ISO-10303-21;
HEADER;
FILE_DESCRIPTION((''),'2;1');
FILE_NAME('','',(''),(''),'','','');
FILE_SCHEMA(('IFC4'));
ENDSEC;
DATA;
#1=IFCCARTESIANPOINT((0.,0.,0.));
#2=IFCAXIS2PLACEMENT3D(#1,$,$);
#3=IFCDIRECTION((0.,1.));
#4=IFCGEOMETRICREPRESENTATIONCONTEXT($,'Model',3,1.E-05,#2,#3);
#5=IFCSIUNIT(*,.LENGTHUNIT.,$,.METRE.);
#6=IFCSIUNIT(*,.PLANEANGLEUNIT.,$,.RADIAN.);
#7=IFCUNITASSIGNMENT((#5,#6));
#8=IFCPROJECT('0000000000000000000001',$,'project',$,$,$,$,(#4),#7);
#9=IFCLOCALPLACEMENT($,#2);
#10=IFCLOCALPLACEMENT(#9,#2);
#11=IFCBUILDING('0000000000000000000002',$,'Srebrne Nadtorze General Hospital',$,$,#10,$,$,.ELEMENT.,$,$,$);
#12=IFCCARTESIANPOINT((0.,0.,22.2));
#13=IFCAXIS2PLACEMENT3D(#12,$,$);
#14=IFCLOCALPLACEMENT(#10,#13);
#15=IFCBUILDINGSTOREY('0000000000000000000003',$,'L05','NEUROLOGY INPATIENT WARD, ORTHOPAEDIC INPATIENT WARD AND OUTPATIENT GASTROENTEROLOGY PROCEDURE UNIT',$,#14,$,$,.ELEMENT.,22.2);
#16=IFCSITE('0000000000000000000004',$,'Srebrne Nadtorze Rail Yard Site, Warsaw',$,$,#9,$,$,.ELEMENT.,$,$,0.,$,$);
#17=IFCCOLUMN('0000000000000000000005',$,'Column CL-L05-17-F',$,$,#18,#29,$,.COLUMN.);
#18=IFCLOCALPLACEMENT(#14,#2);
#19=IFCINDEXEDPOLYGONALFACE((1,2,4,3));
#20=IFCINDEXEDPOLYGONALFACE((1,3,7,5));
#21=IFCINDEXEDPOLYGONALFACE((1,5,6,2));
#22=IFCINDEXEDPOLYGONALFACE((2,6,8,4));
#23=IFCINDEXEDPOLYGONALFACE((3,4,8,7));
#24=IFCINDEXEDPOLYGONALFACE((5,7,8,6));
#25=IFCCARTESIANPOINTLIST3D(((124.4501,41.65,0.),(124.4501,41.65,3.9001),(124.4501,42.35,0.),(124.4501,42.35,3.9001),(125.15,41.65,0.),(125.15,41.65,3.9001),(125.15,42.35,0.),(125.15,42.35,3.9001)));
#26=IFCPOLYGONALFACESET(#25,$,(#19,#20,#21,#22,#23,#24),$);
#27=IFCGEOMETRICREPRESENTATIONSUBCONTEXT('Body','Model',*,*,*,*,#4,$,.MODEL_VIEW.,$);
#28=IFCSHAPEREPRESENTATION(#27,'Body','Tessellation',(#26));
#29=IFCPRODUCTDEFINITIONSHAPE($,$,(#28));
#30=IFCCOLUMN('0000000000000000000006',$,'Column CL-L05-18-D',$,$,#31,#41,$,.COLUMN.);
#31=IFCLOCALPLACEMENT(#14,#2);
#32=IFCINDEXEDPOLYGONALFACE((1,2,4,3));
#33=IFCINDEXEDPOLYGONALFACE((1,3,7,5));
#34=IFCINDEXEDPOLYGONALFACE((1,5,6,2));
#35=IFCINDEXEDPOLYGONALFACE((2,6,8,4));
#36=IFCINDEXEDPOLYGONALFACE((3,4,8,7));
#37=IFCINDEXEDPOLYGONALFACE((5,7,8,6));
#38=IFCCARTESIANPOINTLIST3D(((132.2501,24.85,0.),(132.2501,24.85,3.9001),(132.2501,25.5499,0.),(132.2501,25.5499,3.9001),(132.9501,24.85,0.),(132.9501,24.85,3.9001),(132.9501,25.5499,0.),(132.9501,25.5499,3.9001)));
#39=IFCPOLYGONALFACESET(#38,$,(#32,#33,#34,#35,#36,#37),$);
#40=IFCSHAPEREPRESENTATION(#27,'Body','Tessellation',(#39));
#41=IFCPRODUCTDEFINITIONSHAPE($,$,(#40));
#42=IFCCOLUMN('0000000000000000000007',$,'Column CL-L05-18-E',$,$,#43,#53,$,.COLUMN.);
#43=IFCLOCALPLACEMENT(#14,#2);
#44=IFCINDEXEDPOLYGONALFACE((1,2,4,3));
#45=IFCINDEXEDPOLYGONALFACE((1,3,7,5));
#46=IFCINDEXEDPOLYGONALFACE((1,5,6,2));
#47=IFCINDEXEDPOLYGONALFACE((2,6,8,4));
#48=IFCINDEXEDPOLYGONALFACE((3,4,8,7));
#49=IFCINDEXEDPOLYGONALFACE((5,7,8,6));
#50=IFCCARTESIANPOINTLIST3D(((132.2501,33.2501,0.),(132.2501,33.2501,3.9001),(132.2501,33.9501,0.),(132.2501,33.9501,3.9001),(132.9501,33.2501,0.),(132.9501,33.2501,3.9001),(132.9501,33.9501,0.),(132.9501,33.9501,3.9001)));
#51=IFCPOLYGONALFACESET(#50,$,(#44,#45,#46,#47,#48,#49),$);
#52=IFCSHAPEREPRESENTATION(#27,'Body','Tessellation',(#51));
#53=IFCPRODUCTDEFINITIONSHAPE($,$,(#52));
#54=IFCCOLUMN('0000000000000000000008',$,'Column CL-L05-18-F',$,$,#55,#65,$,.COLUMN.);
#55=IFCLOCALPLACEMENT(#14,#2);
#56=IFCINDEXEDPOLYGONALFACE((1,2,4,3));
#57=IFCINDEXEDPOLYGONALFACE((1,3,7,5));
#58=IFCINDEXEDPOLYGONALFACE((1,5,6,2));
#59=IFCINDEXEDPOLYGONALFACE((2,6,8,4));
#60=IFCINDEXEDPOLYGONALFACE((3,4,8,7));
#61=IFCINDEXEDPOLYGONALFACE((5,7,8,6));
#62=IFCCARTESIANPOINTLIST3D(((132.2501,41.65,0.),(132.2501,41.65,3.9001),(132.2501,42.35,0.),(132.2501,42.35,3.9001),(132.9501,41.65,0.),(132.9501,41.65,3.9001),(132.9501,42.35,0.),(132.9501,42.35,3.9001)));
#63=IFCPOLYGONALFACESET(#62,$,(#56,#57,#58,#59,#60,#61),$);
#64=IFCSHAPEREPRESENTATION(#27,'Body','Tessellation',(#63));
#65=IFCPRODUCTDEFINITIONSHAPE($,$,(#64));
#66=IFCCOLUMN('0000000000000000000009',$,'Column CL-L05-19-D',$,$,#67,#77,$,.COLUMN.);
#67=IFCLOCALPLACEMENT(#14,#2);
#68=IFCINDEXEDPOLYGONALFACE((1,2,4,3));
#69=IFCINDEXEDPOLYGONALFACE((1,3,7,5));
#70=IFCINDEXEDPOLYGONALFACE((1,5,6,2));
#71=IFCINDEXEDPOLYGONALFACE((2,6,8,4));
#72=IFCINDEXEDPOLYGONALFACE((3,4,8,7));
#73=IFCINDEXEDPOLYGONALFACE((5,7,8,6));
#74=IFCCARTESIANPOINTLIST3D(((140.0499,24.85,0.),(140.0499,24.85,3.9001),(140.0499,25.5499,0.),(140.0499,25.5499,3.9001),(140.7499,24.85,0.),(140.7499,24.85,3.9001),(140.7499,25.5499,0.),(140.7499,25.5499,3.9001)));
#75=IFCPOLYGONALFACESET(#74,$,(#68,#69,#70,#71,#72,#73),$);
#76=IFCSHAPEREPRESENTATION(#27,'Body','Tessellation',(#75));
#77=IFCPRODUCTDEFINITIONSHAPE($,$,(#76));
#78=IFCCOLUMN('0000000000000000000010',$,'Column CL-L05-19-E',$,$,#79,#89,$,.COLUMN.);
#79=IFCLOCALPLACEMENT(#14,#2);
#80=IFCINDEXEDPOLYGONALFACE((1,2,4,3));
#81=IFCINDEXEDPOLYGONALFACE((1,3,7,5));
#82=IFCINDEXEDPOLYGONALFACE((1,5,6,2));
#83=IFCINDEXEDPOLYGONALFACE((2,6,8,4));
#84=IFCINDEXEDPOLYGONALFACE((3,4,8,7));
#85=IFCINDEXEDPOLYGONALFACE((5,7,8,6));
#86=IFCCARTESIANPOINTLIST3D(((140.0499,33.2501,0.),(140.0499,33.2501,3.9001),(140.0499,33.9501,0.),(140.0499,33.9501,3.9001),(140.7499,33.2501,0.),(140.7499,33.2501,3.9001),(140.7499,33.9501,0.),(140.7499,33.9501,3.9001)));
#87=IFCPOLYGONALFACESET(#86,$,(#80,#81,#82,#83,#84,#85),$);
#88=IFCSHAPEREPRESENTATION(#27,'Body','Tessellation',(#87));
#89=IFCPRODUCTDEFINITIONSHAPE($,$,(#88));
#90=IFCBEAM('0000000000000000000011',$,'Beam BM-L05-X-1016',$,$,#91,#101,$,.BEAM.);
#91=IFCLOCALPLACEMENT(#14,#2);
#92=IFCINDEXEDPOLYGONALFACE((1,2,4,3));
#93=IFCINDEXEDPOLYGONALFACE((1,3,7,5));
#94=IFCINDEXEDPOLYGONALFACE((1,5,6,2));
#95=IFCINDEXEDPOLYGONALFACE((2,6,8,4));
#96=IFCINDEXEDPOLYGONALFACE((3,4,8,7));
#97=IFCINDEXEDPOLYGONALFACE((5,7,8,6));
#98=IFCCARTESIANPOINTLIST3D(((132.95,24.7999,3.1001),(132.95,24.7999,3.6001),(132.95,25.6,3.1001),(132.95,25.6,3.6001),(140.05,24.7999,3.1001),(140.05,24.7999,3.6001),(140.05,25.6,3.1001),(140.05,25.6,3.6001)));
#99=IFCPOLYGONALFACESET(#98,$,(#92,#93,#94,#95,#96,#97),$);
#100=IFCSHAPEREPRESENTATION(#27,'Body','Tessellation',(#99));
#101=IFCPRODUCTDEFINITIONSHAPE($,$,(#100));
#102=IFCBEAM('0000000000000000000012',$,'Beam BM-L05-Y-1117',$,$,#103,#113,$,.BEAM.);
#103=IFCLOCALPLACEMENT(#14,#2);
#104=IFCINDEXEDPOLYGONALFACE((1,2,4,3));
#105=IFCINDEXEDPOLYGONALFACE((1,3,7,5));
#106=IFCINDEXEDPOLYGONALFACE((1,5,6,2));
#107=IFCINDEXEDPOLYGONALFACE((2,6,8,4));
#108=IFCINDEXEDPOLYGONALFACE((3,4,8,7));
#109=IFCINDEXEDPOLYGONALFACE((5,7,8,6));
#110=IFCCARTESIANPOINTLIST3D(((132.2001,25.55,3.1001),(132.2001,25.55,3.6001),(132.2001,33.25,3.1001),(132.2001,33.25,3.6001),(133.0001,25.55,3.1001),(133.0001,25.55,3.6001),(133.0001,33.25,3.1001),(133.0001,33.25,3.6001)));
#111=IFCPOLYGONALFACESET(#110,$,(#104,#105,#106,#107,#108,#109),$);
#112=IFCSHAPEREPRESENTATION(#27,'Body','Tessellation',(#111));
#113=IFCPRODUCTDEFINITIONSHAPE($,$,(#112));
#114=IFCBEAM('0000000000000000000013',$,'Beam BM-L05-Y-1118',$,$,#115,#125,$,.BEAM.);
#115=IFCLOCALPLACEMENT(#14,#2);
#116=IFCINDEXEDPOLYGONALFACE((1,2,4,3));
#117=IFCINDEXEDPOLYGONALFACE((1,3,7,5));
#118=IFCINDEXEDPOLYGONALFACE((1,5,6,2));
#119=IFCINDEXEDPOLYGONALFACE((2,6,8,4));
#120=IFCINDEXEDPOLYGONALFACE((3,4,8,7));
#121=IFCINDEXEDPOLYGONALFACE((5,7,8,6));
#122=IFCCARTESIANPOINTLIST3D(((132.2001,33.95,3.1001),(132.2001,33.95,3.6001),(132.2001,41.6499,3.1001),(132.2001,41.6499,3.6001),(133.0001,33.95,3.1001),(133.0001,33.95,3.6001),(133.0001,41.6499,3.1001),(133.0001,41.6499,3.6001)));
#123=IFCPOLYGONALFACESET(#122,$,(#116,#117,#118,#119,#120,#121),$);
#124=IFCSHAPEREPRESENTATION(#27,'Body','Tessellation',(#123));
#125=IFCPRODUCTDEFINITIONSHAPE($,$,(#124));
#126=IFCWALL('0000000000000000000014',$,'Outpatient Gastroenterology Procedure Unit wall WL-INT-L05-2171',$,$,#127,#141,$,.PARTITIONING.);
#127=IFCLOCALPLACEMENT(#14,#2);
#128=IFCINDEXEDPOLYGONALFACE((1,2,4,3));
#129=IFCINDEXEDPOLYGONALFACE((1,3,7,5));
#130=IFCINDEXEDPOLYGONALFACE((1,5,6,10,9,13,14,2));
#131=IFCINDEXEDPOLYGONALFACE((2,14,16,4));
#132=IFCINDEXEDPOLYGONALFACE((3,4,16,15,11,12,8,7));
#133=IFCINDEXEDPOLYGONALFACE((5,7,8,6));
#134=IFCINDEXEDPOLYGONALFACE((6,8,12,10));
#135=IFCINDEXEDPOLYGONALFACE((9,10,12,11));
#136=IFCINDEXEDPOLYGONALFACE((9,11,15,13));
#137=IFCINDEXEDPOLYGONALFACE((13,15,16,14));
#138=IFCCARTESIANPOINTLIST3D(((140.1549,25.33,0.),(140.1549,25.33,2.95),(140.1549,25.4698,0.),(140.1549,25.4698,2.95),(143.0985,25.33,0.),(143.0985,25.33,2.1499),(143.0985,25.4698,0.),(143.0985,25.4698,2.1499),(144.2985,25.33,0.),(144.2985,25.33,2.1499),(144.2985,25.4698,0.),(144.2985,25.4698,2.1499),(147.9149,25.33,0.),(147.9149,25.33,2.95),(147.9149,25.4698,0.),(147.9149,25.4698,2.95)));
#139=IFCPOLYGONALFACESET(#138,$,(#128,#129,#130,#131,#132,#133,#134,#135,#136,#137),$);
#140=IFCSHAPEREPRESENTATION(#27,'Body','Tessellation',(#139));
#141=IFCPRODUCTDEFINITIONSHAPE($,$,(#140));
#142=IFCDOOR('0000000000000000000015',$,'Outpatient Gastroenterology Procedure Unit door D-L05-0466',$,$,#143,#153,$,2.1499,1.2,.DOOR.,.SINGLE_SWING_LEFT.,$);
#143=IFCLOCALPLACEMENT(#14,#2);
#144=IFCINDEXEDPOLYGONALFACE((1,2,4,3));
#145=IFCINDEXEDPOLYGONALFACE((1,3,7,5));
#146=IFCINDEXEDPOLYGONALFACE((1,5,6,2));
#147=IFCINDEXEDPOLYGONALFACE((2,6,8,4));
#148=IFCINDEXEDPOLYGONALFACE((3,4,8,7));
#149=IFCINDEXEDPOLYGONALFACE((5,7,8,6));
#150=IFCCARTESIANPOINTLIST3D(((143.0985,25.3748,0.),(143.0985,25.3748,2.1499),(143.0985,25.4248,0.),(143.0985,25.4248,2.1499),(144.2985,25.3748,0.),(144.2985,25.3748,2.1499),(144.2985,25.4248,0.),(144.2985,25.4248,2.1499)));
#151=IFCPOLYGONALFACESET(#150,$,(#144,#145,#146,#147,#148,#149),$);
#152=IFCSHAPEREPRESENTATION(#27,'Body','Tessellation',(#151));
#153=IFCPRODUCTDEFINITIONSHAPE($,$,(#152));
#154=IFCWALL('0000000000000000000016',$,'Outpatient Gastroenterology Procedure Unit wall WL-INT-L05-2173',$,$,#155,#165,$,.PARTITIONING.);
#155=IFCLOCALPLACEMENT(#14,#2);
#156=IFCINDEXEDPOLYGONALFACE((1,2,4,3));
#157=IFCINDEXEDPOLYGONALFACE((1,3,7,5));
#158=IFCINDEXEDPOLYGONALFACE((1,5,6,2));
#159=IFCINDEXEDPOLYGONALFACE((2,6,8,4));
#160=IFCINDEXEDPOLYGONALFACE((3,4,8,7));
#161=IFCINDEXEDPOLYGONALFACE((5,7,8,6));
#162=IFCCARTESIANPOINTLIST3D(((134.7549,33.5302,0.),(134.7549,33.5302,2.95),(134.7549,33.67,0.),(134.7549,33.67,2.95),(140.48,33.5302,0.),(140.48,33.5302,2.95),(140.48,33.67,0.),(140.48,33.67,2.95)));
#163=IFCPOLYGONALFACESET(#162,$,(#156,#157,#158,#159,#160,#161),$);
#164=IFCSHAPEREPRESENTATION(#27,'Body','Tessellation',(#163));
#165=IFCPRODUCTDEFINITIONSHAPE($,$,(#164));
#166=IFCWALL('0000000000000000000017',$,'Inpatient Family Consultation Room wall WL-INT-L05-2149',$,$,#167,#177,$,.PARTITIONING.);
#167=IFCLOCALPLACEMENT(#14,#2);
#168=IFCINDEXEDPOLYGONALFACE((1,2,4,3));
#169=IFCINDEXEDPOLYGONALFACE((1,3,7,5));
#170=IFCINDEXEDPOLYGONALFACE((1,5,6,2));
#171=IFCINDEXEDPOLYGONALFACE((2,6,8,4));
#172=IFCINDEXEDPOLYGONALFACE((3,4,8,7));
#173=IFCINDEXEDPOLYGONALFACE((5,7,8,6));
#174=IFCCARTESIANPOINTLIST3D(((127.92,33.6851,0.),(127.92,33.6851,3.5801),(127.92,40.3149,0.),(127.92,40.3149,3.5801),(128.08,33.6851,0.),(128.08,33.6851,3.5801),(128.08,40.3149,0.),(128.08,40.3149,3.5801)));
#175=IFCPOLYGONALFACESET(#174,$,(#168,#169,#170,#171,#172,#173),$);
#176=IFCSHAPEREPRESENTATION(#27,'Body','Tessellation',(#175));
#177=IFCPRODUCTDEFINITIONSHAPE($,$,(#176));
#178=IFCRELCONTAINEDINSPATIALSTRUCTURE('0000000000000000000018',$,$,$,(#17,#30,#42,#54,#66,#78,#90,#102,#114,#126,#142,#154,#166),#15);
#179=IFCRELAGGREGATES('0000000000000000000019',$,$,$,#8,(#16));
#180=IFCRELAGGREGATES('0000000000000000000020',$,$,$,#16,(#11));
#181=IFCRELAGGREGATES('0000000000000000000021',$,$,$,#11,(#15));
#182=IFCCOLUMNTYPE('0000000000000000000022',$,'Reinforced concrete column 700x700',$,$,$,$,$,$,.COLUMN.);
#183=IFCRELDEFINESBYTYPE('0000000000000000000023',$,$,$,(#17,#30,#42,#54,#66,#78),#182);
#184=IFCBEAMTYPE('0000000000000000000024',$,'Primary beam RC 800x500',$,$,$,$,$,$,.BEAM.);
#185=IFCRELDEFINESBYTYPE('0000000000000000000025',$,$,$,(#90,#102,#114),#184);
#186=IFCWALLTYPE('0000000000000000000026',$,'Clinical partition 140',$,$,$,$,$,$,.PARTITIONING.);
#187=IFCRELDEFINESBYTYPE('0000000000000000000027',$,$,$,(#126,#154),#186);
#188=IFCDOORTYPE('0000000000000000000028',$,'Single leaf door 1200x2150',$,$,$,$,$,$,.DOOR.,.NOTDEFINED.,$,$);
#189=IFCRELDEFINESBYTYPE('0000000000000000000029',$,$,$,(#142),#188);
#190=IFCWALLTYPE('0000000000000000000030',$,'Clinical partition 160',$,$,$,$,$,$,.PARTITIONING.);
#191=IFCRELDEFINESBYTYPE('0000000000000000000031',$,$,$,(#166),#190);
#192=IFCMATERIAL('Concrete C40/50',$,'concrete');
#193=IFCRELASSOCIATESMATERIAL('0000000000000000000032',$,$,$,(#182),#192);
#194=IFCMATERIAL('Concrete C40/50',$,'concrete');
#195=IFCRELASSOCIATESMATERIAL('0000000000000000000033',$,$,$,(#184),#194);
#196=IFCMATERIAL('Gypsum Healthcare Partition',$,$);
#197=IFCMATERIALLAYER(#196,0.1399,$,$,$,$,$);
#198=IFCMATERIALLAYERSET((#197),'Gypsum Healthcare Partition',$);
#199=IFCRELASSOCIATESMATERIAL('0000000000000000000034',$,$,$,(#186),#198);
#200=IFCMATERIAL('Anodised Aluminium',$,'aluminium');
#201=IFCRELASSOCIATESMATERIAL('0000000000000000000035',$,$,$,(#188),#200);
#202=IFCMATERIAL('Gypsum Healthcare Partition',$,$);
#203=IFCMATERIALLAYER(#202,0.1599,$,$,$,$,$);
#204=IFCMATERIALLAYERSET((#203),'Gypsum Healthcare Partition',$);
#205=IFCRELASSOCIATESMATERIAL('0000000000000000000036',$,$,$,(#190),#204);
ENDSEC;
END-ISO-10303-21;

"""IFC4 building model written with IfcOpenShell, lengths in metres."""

from ifc_helpers import new_model, si_unit, direction, frame, frame_2d, origin, origin_2d, place, context, subcontext, project, spatial, rectangle, extrude, material, layer, layer_set, material_profile, profile_set, type_object, element, fill, save


model = new_model("IFC4")

# Units and contexts
model_context = context("Model", 3, precision=1e-05, world=origin(), true_north=direction((0.0, 1.0)))
body_context = subcontext(model_context, "Body", "Model", "MODEL_VIEW")
ifc_project = project(units=[si_unit("LENGTHUNIT", "METRE"), si_unit("PLANEANGLEUNIT", "RADIAN")], contexts=[model_context])

# Site, building, storey
site_placement = place(None, origin())
site = spatial("IfcSite", under=ifc_project, at=site_placement, Name="Srebrne Nadtorze Rail Yard Site, Warsaw", CompositionType="ELEMENT", RefElevation=0.0)
building_placement = place(site_placement, origin())
building = spatial("IfcBuilding", under=site, at=building_placement, Name="Srebrne Nadtorze General Hospital", CompositionType="ELEMENT")
storey_placement = place(building_placement, frame((0.0, 0.0, 22.2)))
storey = spatial("IfcBuildingStorey", under=building, at=storey_placement, Name="L05", Description="NEUROLOGY INPATIENT WARD, ORTHOPAEDIC INPATIENT WARD AND OUTPATIENT GASTROENTEROLOGY PROCEDURE UNIT", CompositionType="ELEMENT", Elevation=22.2)

# Columns
ifc_material_1 = material(Name="Concrete C40/50", Category="concrete")
ifc_material_profile_1 = material_profile(ifc_material_1, rectangle(XDim=0.7, YDim=0.7, at=origin_2d()), Name="RC-COL-700x700")
ifc_profile_set_1 = profile_set([ifc_material_profile_1], Name="Concrete C40/50")
column_type = type_object("IfcColumnType", Name="Reinforced concrete column 700x700", PredefinedType="COLUMN", material=ifc_profile_set_1)
for number, where, z_axis, x_axis, name in (
    (1, (124.8, 42.0, 0.0), (0.0, 0.0, 1.0), (1.0, 0.0, 0.0), "Column CL-L05-17-F"),
    (2, (132.6001, 25.2, 0.0), (0.0, 0.0, 1.0), (1.0, 0.0, 0.0), "Column CL-L05-18-D"),
    (3, (132.6001, 33.6001, 0.0), (0.0, 0.0, 1.0), (1.0, 0.0, 0.0), "Column CL-L05-18-E"),
    (4, (132.6001, 42.0, 0.0), (0.0, 0.0, 1.0), (1.0, 0.0, 0.0), "Column CL-L05-18-F"),
    (5, (140.3999, 25.2, 0.0), (0.0, 0.0, 1.0), (1.0, 0.0, 0.0), "Column CL-L05-19-D"),
    (6, (140.3999, 33.6001, 0.0), (0.0, 0.0, 1.0), (1.0, 0.0, 0.0), "Column CL-L05-19-E"),
):
    element("IfcColumn", number, at=place(storey_placement, frame(where, z_axis=z_axis, x_axis=x_axis)), inside=storey, type_object=column_type, Name=name, PredefinedType="COLUMN", context=body_context, shape_type="SweptSolid", body=[
        extrude(rectangle(XDim=0.7, YDim=0.7, at=origin_2d()), origin(), (0.0, 0.0, 1.0), 3.9001),
    ])

# Beams
ifc_material_2 = material(Name="Concrete C40/50", Category="concrete")
ifc_material_profile_2 = material_profile(ifc_material_2, rectangle(XDim=0.8, YDim=0.5, at=origin_2d()), Name="RC-BM-800x500")
ifc_profile_set_2 = profile_set([ifc_material_profile_2], Name="Concrete C40/50")
beam_type = type_object("IfcBeamType", Name="Primary beam RC 800x500", PredefinedType="BEAM", material=ifc_profile_set_2)
beam_placement = place(storey_placement, frame((132.95, 25.2, 3.3501), z_axis=(1.0, 0.0, 0.0), x_axis=(0.0, 1.0, 0.0)))
element("IfcBeam", 7, at=beam_placement, inside=storey, type_object=beam_type, Name="Beam BM-L05-X-1016", PredefinedType="BEAM", context=body_context, shape_type="SweptSolid", body=[
    extrude(rectangle(XDim=0.8, YDim=0.5, at=origin_2d()), origin(), (0.0, 0.0, 1.0), 7.1001),
])
for number, where, z_axis, x_axis, name in (
    (8, (132.6001, 25.55, 3.3501), (0.0, 1.0, 0.0), (-1.0, 0.0, 0.0), "Beam BM-L05-Y-1117"),
    (9, (132.6001, 33.95, 3.3501), (0.0, 1.0, 0.0), (-1.0, 0.0, 0.0), "Beam BM-L05-Y-1118"),
):
    element("IfcBeam", number, at=place(storey_placement, frame(where, z_axis=z_axis, x_axis=x_axis)), inside=storey, type_object=beam_type, Name=name, PredefinedType="BEAM", context=body_context, shape_type="SweptSolid", body=[
        extrude(rectangle(XDim=0.8, YDim=0.5, at=origin_2d()), origin(), (0.0, 0.0, 1.0), 7.7),
    ])

# Wall, opening, door
ifc_material_3 = material(Name="Gypsum Healthcare Partition")
ifc_layer_1 = layer(ifc_material_3, 0.1399)
ifc_layer_set_1 = layer_set([ifc_layer_1], Name="Gypsum Healthcare Partition")
wall_type_1 = type_object("IfcWallType", Name="Clinical partition 140", PredefinedType="PARTITIONING", material=ifc_layer_set_1)
wall_1_placement = place(storey_placement, frame((140.155, 25.3999, 0.0), z_axis=(0.0, 0.0, 1.0), x_axis=(1.0, 0.0, 0.0)))
wall_1 = element("IfcWall", 10, at=wall_1_placement, inside=storey, type_object=wall_type_1, Name="Outpatient Gastroenterology Procedure Unit wall WL-INT-L05-2171", PredefinedType="PARTITIONING", context=body_context, shape_type="SweptSolid", body=[
    extrude(rectangle(XDim=7.76, YDim=0.1399, at=frame_2d((3.8799, 0.0))), origin(), (0.0, 0.0, 1.0), 2.95),
])
opening_1_placement = place(wall_1_placement, frame((2.9434, 0.0, 0.0)))
opening_1 = element("IfcOpeningElement", 11, at=opening_1_placement, cuts=wall_1, PredefinedType="OPENING", context=body_context, shape_type="SweptSolid", body=[
    extrude(rectangle(XDim=1.2, YDim=2.1499, at=frame_2d((0.6001, 1.075))), frame((0.0, 0.082, 0.0), z_axis=(0.0, -1.0, 0.0), x_axis=(1.0, 0.0, 0.0)), (0.0, 0.0, 1.0), 0.1638),
])
ifc_material_4 = material(Name="Anodised Aluminium", Category="aluminium")
door_type_1 = type_object("IfcDoorType", Name="Single leaf door 1200x2150", OperationType="NOTDEFINED", PredefinedType="DOOR", material=ifc_material_4)
door_1_placement = place(opening_1_placement, origin())
door_1 = element("IfcDoor", 12, at=door_1_placement, inside=storey, type_object=door_type_1, Name="Outpatient Gastroenterology Procedure Unit door D-L05-0466", OperationType="SINGLE_SWING_LEFT", OverallHeight=2.1499, OverallWidth=1.2, PredefinedType="DOOR", context=body_context, shape_type="SweptSolid", body=[
    extrude(rectangle(XDim=1.2, YDim=2.1499, at=frame_2d((0.6001, 1.075))), frame((0.0, 0.0249, 0.0), z_axis=(0.0, -1.0, 0.0), x_axis=(1.0, 0.0, 0.0)), (0.0, 0.0, 1.0), 0.05),
])
fill(opening_1, door_1)

# Walls
wall_2_placement = place(storey_placement, frame((134.7549, 33.6001, 0.0), z_axis=(0.0, 0.0, 1.0), x_axis=(1.0, 0.0, 0.0)))
element("IfcWall", 13, at=wall_2_placement, inside=storey, type_object=wall_type_1, Name="Outpatient Gastroenterology Procedure Unit wall WL-INT-L05-2173", PredefinedType="PARTITIONING", context=body_context, shape_type="SweptSolid", body=[
    extrude(rectangle(XDim=5.7251, YDim=0.1399, at=frame_2d((2.8625, 0.0))), origin(), (0.0, 0.0, 1.0), 2.95),
])
ifc_material_5 = material(Name="Gypsum Healthcare Partition")
ifc_layer_2 = layer(ifc_material_5, 0.1599)
ifc_layer_set_2 = layer_set([ifc_layer_2], Name="Gypsum Healthcare Partition")
wall_type_2 = type_object("IfcWallType", Name="Clinical partition 160", PredefinedType="PARTITIONING", material=ifc_layer_set_2)
wall_3_placement = place(storey_placement, frame((128.0, 33.6851, 0.0), z_axis=(0.0, 0.0, 1.0), x_axis=(0.0, 1.0, 0.0)))
element("IfcWall", 14, at=wall_3_placement, inside=storey, type_object=wall_type_2, Name="Inpatient Family Consultation Room wall WL-INT-L05-2149", PredefinedType="PARTITIONING", context=body_context, shape_type="SweptSolid", body=[
    extrude(rectangle(XDim=6.6299, YDim=0.1599, at=frame_2d((3.3149, 0.0))), origin(), (0.0, 0.0, 1.0), 3.5801),
])

save(model, "model.ifc")
